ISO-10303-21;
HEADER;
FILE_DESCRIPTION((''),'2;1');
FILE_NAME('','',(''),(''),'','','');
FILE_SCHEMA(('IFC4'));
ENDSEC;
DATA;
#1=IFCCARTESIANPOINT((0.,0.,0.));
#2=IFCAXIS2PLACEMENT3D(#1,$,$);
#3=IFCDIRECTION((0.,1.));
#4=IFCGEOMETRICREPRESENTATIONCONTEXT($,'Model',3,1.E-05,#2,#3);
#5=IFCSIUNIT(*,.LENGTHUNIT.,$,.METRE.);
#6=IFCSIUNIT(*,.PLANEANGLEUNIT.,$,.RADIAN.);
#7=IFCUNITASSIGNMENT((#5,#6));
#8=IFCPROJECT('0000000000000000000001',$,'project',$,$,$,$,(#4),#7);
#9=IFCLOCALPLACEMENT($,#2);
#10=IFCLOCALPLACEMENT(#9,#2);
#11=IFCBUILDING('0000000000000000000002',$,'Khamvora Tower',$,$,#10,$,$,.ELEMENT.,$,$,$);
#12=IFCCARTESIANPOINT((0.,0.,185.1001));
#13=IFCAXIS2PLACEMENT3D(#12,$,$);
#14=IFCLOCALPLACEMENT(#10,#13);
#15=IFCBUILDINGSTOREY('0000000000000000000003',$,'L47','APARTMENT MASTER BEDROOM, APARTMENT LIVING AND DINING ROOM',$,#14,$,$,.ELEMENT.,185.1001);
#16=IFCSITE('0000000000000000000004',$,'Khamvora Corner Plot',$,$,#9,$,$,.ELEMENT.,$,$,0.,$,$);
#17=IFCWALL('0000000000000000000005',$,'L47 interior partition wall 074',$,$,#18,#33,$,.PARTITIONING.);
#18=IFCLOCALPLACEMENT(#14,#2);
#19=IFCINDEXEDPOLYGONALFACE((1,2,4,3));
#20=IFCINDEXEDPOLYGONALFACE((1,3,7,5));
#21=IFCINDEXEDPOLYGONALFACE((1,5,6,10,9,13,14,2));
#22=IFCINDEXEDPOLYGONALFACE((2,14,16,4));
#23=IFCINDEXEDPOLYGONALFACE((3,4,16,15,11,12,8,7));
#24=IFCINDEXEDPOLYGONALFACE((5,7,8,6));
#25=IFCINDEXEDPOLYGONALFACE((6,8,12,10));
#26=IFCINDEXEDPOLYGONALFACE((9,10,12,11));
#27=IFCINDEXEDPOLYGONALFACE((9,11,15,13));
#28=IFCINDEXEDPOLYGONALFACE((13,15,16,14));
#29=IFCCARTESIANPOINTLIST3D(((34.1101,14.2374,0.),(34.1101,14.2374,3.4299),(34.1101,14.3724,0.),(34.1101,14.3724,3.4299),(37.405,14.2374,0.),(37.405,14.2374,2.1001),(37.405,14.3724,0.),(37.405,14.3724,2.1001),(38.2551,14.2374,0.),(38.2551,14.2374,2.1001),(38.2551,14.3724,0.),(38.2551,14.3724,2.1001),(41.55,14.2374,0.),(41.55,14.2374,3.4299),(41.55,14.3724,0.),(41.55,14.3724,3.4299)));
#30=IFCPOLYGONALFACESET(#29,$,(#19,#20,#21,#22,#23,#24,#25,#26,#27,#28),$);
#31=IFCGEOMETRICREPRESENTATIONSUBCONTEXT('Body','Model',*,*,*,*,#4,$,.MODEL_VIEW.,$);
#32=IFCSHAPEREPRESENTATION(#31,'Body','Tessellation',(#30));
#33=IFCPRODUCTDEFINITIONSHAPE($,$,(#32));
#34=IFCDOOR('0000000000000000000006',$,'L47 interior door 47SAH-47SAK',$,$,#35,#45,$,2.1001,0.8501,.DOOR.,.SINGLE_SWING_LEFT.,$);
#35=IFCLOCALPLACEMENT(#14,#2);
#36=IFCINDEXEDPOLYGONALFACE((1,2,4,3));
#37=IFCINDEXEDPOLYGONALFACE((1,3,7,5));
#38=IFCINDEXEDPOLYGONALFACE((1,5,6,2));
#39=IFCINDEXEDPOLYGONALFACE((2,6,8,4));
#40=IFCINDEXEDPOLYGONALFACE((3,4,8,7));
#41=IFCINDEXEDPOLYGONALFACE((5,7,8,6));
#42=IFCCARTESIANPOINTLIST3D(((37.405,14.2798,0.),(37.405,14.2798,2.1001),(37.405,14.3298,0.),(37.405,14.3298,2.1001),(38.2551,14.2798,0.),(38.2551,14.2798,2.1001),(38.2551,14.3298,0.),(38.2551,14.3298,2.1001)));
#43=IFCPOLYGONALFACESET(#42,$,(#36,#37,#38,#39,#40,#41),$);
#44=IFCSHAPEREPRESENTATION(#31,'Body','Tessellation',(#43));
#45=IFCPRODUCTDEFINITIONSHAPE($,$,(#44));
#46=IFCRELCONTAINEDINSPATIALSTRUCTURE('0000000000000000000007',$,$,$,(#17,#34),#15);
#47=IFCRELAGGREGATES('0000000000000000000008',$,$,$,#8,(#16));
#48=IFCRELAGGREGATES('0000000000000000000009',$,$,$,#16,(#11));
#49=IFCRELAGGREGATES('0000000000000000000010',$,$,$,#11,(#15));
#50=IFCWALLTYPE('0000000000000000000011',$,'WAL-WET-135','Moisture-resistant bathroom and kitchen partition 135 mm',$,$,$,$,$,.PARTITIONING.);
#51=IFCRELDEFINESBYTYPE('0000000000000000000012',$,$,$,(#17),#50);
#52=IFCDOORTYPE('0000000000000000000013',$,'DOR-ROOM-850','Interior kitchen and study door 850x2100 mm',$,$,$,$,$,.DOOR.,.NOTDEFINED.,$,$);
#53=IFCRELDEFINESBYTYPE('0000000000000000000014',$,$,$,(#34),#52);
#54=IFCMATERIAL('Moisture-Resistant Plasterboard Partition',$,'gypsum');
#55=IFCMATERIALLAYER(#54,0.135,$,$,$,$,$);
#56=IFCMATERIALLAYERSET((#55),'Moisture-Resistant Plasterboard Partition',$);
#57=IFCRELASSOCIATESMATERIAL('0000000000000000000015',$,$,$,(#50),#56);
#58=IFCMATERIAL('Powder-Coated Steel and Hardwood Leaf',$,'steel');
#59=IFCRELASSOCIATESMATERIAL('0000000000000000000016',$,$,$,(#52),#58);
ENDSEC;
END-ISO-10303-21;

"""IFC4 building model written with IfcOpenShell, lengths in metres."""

from ifc_helpers import new_model, si_unit, direction, frame, frame_2d, origin, place, context, subcontext, project, spatial, rectangle, extrude, material, layer, layer_set, type_object, element, fill, save


model = new_model("IFC4")

# Units and contexts
model_context = context("Model", 3, precision=1e-05, world=origin(), true_north=direction((0.0, 1.0)))
body_context = subcontext(model_context, "Body", "Model", "MODEL_VIEW")
ifc_project = project(units=[si_unit("LENGTHUNIT", "METRE"), si_unit("PLANEANGLEUNIT", "RADIAN")], contexts=[model_context])

# Site, building, storey
site_placement = place(None, origin())
site = spatial("IfcSite", under=ifc_project, at=site_placement, Name="Khamvora Corner Plot", CompositionType="ELEMENT", RefElevation=0.0)
building_placement = place(site_placement, origin())
building = spatial("IfcBuilding", under=site, at=building_placement, Name="Khamvora Tower", CompositionType="ELEMENT")
storey_placement = place(building_placement, frame((0.0, 0.0, 185.1001)))
storey = spatial("IfcBuildingStorey", under=building, at=storey_placement, Name="L47", Description="APARTMENT MASTER BEDROOM, APARTMENT LIVING AND DINING ROOM", CompositionType="ELEMENT", Elevation=185.1001)

# Shared definitions
ifc_material_1 = material(Name="Powder-Coated Steel and Hardwood Leaf", Category="steel")

# Shared definitions
ifc_material_2 = material(Name="Moisture-Resistant Plasterboard Partition", Category="gypsum")
ifc_layer_1 = layer(ifc_material_2, 0.135)
ifc_layer_set_1 = layer_set([ifc_layer_1], Name="Moisture-Resistant Plasterboard Partition")
wall_type_1 = type_object("IfcWallType", Name="WAL-WET-135", Description="Moisture-resistant bathroom and kitchen partition 135 mm", PredefinedType="PARTITIONING", material=ifc_layer_set_1)

# Wall, opening, door
wall_1_placement = place(storey_placement, frame((34.1101, 14.3049, 0.0), z_axis=(0.0, 0.0, 1.0), x_axis=(1.0, 0.0, 0.0)))
wall_1 = element("IfcWall", 1, at=wall_1_placement, inside=storey, type_object=wall_type_1, Name="L47 interior partition wall 074", PredefinedType="PARTITIONING", context=body_context, shape_type="SweptSolid", body=[
    extrude(rectangle(XDim=7.4399, YDim=0.135, at=frame_2d((3.72, 0.0))), origin(), (0.0, 0.0, 1.0), 3.4299),
])
opening_1_placement = place(wall_1_placement, frame((3.2949, 0.0, 0.0)))
opening_1 = element("IfcOpeningElement", 2, at=opening_1_placement, cuts=wall_1, PredefinedType="OPENING", context=body_context, shape_type="SweptSolid", body=[
    extrude(rectangle(XDim=0.8501, YDim=2.1001, at=frame_2d((0.425, 1.05))), frame((0.0, 0.0774, 0.0), z_axis=(0.0, -1.0, 0.0), x_axis=(1.0, 0.0, 0.0)), (0.0, 0.0, 1.0), 0.155),
])
door_type_1 = type_object("IfcDoorType", Name="DOR-ROOM-850", Description="Interior kitchen and study door 850x2100 mm", OperationType="NOTDEFINED", PredefinedType="DOOR", material=ifc_material_1)
door_1_placement = place(opening_1_placement, origin())
door_1 = element("IfcDoor", 3, at=door_1_placement, inside=storey, type_object=door_type_1, Name="L47 interior door 47SAH-47SAK", OperationType="SINGLE_SWING_LEFT", OverallHeight=2.1001, OverallWidth=0.8501, PredefinedType="DOOR", context=body_context, shape_type="SweptSolid", body=[
    extrude(rectangle(XDim=0.8501, YDim=2.1001, at=frame_2d((0.425, 1.05))), frame((0.0, 0.0249, 0.0), z_axis=(0.0, -1.0, 0.0), x_axis=(1.0, 0.0, 0.0)), (0.0, 0.0, 1.0), 0.05),
])
fill(opening_1, door_1)

save(model, "model.ifc")
